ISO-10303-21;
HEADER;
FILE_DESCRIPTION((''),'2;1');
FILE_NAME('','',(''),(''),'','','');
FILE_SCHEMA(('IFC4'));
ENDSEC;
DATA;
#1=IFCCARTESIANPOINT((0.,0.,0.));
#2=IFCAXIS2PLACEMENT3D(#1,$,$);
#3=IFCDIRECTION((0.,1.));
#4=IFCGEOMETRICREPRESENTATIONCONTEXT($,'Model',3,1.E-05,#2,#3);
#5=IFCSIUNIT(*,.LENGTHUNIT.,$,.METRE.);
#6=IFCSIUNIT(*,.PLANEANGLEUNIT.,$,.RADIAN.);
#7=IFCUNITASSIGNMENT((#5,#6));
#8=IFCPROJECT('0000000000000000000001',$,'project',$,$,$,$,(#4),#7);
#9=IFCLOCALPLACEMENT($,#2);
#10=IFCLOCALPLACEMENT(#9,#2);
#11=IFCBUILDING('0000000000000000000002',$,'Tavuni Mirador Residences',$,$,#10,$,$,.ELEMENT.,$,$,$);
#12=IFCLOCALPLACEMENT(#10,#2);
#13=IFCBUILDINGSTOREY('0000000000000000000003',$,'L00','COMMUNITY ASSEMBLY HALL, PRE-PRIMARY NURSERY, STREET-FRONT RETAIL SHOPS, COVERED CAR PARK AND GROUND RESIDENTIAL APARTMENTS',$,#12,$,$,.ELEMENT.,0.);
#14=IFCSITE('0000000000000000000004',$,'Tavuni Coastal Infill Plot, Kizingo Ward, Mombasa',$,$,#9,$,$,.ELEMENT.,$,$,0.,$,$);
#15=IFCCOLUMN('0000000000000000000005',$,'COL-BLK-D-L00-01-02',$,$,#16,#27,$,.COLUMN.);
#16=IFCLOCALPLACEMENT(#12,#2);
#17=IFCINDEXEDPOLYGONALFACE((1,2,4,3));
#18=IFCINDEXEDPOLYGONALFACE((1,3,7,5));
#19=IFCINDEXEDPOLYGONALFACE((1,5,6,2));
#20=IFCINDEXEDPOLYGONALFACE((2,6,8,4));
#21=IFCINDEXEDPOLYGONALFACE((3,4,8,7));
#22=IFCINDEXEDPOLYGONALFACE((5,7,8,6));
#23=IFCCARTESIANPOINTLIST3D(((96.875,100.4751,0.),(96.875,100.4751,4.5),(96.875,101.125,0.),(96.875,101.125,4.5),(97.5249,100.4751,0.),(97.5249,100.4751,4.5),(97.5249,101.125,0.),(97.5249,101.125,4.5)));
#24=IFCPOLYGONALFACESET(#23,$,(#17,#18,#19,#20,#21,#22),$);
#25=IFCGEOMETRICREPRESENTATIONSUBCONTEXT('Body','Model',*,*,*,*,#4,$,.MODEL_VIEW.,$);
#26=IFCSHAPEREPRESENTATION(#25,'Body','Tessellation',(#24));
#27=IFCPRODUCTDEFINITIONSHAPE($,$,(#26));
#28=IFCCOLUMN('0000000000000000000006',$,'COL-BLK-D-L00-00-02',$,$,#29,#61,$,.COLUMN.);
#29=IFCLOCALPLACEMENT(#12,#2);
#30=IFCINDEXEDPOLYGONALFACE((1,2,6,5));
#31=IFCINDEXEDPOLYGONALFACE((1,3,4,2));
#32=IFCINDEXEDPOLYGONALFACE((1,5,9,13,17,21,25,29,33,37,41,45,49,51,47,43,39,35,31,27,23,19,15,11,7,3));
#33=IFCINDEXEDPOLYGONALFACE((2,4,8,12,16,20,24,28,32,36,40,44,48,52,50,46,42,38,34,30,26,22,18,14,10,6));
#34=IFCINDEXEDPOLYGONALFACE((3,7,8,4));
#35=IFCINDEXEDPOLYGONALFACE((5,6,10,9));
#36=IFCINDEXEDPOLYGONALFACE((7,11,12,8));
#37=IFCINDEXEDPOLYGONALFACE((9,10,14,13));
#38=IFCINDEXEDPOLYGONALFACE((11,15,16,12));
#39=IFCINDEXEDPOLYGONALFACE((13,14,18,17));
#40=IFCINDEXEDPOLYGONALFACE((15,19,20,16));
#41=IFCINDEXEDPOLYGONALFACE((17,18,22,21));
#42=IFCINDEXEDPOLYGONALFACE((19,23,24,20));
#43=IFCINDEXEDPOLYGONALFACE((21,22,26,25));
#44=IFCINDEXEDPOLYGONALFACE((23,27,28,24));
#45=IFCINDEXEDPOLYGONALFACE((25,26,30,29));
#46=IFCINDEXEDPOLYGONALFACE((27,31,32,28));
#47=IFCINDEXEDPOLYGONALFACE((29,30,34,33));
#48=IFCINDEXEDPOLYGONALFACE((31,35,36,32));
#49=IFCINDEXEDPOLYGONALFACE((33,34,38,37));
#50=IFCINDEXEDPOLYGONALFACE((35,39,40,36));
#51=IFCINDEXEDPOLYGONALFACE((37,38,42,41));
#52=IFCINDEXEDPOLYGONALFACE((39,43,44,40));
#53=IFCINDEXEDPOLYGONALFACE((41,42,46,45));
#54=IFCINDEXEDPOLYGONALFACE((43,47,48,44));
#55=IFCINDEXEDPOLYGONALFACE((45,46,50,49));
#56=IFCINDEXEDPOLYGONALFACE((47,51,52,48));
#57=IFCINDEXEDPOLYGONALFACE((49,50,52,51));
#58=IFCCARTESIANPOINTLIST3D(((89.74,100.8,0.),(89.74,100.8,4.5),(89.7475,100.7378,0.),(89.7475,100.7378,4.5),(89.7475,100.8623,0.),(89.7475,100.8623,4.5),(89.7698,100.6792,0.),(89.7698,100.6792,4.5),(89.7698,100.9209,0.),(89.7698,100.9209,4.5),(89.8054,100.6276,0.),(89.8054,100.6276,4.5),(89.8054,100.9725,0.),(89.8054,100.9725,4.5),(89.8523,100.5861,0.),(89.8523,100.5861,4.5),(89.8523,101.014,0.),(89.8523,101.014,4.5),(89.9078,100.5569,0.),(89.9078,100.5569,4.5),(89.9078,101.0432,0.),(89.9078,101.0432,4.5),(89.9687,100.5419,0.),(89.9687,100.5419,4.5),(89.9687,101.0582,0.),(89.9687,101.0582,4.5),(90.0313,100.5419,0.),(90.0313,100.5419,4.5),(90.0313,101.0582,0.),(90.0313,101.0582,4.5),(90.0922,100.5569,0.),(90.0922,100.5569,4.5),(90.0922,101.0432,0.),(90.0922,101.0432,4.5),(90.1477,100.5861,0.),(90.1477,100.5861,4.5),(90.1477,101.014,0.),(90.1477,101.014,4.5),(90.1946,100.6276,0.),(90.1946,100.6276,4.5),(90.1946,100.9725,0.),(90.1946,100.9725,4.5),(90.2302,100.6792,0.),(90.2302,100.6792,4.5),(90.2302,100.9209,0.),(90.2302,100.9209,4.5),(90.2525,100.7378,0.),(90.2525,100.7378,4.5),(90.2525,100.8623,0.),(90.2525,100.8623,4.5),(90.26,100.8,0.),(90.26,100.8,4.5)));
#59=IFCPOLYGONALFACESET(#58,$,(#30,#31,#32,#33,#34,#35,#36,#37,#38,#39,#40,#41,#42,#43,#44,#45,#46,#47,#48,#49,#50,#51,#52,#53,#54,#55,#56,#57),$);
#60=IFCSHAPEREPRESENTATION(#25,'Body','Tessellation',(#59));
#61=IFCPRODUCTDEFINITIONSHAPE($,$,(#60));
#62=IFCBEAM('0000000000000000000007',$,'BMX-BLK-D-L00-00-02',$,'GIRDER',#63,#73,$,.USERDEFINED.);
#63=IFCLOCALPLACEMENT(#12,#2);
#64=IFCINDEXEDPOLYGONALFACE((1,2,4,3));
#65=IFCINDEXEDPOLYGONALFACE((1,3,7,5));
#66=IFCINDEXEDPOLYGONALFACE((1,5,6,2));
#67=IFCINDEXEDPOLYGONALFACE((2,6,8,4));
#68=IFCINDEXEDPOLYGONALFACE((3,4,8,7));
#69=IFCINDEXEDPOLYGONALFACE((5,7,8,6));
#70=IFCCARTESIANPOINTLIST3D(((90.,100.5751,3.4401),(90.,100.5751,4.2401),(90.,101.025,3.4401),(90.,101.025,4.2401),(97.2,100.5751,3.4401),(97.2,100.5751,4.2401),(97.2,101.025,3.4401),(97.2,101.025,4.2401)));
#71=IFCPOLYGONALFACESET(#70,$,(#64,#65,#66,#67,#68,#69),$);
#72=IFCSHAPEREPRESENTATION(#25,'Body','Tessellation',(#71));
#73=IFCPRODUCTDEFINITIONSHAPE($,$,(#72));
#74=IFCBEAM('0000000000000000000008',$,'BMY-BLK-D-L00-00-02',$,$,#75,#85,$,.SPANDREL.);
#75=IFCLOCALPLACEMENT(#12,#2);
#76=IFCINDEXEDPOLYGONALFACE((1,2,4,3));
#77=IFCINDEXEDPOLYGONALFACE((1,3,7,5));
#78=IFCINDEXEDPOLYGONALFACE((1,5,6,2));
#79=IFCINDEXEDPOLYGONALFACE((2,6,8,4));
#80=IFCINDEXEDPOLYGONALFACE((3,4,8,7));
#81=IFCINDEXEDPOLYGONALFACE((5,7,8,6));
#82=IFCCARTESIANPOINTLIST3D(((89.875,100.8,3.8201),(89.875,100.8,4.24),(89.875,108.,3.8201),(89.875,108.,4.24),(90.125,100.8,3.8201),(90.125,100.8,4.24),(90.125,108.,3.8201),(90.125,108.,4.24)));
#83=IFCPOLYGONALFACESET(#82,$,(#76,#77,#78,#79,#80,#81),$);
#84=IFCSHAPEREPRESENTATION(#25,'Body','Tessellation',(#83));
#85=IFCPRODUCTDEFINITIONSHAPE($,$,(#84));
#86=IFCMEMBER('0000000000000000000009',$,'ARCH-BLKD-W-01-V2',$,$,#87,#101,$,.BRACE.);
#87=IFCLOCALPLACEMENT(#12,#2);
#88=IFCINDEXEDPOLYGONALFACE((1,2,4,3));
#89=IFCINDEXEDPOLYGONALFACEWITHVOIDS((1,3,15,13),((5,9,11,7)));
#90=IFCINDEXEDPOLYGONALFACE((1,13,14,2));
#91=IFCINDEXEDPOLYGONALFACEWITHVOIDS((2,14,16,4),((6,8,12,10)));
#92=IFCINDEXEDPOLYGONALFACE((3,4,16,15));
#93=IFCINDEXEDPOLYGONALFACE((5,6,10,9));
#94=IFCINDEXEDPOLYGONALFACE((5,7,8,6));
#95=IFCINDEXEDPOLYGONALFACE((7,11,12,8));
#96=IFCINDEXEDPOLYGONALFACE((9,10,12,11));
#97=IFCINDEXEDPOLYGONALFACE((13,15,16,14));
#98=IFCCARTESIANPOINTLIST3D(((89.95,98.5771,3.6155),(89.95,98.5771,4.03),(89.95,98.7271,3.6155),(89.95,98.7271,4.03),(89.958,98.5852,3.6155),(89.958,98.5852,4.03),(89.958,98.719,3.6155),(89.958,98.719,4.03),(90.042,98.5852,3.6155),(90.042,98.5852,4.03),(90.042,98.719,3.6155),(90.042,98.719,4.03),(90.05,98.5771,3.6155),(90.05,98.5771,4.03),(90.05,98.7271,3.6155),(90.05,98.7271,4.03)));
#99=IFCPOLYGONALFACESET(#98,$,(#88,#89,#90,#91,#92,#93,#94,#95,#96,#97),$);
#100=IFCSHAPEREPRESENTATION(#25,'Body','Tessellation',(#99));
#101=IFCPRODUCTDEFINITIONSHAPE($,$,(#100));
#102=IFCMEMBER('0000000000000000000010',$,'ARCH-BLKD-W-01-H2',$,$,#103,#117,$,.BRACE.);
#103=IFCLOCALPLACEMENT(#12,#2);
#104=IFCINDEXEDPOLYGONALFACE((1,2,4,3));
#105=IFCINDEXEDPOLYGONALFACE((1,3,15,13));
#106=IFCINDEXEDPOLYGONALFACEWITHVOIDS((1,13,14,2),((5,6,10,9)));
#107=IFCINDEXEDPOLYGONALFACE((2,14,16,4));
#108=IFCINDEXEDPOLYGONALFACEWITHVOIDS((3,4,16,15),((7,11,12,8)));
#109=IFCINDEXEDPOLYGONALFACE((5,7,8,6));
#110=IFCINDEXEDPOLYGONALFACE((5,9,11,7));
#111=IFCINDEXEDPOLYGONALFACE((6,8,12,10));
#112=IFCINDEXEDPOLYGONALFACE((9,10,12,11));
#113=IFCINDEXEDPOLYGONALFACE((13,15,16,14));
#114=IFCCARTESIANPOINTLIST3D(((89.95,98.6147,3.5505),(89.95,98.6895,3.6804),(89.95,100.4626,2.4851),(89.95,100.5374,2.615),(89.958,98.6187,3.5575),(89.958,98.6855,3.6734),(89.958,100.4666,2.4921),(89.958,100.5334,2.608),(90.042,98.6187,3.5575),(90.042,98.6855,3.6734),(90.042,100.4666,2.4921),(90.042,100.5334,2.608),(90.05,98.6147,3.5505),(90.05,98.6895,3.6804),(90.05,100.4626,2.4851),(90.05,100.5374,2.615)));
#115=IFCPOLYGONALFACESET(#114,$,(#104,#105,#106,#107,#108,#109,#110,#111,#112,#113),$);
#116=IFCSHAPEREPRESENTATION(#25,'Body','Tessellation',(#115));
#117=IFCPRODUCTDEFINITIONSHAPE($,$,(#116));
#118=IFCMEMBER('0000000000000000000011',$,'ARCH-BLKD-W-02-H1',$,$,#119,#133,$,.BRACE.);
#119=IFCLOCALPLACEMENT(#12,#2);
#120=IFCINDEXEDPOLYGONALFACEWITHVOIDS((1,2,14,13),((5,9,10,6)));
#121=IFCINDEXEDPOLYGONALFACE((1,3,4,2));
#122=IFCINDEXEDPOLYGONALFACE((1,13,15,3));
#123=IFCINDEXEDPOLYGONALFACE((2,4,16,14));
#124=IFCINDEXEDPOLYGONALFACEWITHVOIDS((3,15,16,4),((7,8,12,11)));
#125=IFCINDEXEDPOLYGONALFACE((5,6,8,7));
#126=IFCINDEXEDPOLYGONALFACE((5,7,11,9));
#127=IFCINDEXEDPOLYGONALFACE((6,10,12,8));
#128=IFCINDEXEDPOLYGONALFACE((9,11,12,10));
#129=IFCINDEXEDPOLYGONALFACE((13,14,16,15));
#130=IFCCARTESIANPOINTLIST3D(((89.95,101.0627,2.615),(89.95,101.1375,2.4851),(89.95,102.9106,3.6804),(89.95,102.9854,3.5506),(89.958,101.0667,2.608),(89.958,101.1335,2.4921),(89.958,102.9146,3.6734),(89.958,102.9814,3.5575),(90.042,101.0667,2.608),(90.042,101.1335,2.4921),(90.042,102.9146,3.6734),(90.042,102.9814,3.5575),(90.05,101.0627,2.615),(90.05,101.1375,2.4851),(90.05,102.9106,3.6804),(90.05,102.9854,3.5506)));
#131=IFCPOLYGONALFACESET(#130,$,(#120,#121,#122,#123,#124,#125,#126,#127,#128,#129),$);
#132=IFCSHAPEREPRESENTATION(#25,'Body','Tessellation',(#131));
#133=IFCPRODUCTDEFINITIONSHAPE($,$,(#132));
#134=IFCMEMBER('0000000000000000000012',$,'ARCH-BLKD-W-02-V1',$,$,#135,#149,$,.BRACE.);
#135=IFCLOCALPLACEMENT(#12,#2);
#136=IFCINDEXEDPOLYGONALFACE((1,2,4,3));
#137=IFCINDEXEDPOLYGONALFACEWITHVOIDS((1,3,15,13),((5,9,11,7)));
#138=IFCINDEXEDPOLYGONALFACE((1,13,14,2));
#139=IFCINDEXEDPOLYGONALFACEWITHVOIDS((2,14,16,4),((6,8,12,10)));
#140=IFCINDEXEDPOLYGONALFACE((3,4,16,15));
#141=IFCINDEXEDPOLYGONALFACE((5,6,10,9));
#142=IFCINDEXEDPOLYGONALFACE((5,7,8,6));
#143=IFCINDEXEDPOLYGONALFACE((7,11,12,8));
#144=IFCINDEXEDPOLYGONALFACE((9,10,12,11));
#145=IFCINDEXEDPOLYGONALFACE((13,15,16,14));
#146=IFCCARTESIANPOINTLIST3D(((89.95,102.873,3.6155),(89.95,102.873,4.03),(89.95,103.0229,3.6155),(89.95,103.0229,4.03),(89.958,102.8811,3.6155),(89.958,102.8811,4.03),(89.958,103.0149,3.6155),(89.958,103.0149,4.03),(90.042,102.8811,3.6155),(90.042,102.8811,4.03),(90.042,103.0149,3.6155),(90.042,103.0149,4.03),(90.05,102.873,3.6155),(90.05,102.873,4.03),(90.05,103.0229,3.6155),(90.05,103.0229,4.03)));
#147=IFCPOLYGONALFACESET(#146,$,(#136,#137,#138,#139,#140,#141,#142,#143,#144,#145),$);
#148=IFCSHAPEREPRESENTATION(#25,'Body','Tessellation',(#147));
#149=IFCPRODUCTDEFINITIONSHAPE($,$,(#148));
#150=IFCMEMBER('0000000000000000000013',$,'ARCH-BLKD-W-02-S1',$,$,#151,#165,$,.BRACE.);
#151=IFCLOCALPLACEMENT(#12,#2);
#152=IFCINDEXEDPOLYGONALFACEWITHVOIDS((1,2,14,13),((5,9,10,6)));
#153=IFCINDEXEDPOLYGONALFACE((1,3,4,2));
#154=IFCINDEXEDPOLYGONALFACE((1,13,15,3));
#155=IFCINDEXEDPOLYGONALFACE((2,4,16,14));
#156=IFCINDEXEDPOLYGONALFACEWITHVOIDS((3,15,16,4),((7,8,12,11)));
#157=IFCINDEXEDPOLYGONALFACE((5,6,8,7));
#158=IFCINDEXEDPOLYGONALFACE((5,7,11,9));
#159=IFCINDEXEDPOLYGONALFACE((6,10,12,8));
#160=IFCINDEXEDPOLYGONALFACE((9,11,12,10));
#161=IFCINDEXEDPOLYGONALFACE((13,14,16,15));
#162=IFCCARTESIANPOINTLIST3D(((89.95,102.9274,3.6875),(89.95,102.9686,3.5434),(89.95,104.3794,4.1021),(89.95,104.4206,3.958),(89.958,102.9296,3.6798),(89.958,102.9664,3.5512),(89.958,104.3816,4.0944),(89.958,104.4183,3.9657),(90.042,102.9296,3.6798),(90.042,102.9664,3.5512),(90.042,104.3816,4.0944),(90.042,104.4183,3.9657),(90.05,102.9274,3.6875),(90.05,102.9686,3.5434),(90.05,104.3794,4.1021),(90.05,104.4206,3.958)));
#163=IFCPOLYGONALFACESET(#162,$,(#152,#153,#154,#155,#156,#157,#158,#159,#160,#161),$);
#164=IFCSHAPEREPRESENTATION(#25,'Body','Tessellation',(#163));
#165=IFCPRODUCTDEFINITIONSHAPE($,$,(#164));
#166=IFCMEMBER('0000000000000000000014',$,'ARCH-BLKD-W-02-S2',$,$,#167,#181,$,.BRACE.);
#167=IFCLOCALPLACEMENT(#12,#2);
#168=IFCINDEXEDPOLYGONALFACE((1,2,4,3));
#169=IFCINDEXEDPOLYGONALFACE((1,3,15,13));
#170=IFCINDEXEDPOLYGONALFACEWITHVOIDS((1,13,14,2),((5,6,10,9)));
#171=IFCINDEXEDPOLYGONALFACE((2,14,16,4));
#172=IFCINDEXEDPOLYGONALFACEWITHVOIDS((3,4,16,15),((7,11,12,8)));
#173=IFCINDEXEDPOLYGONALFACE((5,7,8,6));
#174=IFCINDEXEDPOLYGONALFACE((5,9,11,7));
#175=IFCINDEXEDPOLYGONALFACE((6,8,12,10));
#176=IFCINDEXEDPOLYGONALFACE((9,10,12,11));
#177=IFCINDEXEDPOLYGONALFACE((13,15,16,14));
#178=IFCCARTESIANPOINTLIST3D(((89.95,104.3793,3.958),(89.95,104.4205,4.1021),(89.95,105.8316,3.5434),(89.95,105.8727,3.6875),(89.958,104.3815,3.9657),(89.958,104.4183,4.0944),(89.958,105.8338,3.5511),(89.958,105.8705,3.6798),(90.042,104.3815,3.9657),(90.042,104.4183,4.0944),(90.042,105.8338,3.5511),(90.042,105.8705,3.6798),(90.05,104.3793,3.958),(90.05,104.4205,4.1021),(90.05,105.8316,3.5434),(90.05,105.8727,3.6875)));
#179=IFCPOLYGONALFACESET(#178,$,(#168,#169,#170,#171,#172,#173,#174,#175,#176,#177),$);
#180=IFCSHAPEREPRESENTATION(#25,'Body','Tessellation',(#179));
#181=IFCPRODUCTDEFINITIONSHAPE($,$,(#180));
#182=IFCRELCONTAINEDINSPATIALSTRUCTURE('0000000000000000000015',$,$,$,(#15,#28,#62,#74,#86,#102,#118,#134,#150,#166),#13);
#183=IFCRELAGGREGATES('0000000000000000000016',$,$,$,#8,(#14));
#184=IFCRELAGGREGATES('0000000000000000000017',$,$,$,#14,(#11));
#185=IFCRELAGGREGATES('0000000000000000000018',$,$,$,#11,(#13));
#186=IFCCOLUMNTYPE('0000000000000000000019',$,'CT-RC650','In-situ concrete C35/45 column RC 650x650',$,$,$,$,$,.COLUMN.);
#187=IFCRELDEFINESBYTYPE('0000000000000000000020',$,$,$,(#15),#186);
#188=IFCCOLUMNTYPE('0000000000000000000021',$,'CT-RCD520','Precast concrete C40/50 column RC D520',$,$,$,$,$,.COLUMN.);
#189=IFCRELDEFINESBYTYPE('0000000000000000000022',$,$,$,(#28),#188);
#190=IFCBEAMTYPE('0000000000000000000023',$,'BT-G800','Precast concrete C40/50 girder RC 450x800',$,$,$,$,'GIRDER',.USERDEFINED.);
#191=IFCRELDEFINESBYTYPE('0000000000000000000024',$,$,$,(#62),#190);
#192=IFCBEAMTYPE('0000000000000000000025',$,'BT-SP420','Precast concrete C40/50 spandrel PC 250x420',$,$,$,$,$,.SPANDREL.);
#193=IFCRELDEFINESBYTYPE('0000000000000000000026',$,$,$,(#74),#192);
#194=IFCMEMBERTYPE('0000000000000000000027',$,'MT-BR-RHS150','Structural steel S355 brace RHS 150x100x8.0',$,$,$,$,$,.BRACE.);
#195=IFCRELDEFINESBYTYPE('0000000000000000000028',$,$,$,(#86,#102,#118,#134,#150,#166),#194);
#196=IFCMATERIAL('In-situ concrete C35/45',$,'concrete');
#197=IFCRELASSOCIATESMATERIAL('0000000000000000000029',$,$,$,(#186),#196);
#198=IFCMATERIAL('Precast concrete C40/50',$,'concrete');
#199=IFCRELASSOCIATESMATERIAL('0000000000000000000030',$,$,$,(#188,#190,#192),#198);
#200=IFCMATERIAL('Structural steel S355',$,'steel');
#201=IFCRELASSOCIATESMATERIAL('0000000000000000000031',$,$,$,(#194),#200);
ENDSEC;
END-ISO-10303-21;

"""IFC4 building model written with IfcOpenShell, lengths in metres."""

from ifc_helpers import new_model, si_unit, direction, frame, origin, origin_2d, place, context, subcontext, project, spatial, rectangle, hollow_rectangle, circle, extrude, material, material_profile, profile_set, type_object, element, save


model = new_model("IFC4")

# Units and contexts
model_context = context("Model", 3, precision=1e-05, world=origin(), true_north=direction((0.0, 1.0)))
body_context = subcontext(model_context, "Body", "Model", "MODEL_VIEW")
ifc_project = project(units=[si_unit("LENGTHUNIT", "METRE"), si_unit("PLANEANGLEUNIT", "RADIAN")], contexts=[model_context])

# Site, building, storey
site_placement = place(None, origin())
site = spatial("IfcSite", under=ifc_project, at=site_placement, Name="Tavuni Coastal Infill Plot, Kizingo Ward, Mombasa", CompositionType="ELEMENT", RefElevation=0.0)
building_placement = place(site_placement, origin())
building = spatial("IfcBuilding", under=site, at=building_placement, Name="Tavuni Mirador Residences", CompositionType="ELEMENT")
storey_placement = place(building_placement, origin())
storey = spatial("IfcBuildingStorey", under=building, at=storey_placement, Name="L00", Description="COMMUNITY ASSEMBLY HALL, PRE-PRIMARY NURSERY, STREET-FRONT RETAIL SHOPS, COVERED CAR PARK AND GROUND RESIDENTIAL APARTMENTS", CompositionType="ELEMENT", Elevation=0.0)

# Columns
ifc_material_1 = material(Name="In-situ concrete C35/45", Category="concrete")
ifc_material_profile_1 = material_profile(ifc_material_1, rectangle(XDim=0.6499, YDim=0.6499, at=origin_2d()), Name="RC 650x650", Category="concrete")
ifc_profile_set_1 = profile_set([ifc_material_profile_1], Name="In-situ concrete C35/45")
column_type_1 = type_object("IfcColumnType", Name="CT-RC650", Description="In-situ concrete C35/45 column RC 650x650", PredefinedType="COLUMN", material=ifc_profile_set_1)
column_1_placement = place(storey_placement, frame((97.2, 100.8, 0.0), z_axis=(0.0, 0.0, 1.0), x_axis=(1.0, 0.0, 0.0)))
element("IfcColumn", 1, at=column_1_placement, inside=storey, type_object=column_type_1, Name="COL-BLK-D-L00-01-02", PredefinedType="COLUMN", context=body_context, shape_type="SweptSolid", body=[
    extrude(rectangle(XDim=0.6499, YDim=0.6499, at=origin_2d()), origin(), (0.0, 0.0, 1.0), 4.5),
])
ifc_material_2 = material(Name="Precast concrete C40/50", Category="concrete")
ifc_material_profile_2 = material_profile(ifc_material_2, circle(Radius=0.26, at=origin_2d()), Name="RC D520", Category="concrete")
ifc_profile_set_2 = profile_set([ifc_material_profile_2], Name="Precast concrete C40/50")
column_type_2 = type_object("IfcColumnType", Name="CT-RCD520", Description="Precast concrete C40/50 column RC D520", PredefinedType="COLUMN", material=ifc_profile_set_2)
column_2_placement = place(storey_placement, frame((90.0, 100.8, 0.0), z_axis=(0.0, 0.0, 1.0), x_axis=(1.0, 0.0, 0.0)))
element("IfcColumn", 2, at=column_2_placement, inside=storey, type_object=column_type_2, Name="COL-BLK-D-L00-00-02", PredefinedType="COLUMN", context=body_context, shape_type="SweptSolid", body=[
    extrude(circle(Radius=0.26, at=origin_2d()), origin(), (0.0, 0.0, 1.0), 4.5),
])

# Beams
ifc_material_profile_3 = material_profile(ifc_material_2, rectangle(XDim=0.45, YDim=0.8, at=origin_2d()), Name="RC 450x800", Category="concrete")
ifc_profile_set_3 = profile_set([ifc_material_profile_3], Name="Precast concrete C40/50")
beam_type_1 = type_object("IfcBeamType", Name="BT-G800", Description="Precast concrete C40/50 girder RC 450x800", ElementType="GIRDER", PredefinedType="USERDEFINED", material=ifc_profile_set_3)
beam_1_placement = place(storey_placement, frame((90.0, 100.8, 3.8401), z_axis=(1.0, 0.0, 0.0), x_axis=(0.0, 1.0, 0.0)))
element("IfcBeam", 3, at=beam_1_placement, inside=storey, type_object=beam_type_1, Name="BMX-BLK-D-L00-00-02", ObjectType="GIRDER", PredefinedType="USERDEFINED", context=body_context, shape_type="SweptSolid", body=[
    extrude(rectangle(XDim=0.45, YDim=0.8, at=origin_2d()), origin(), (0.0, 0.0, 1.0), 7.2),
])
ifc_material_profile_4 = material_profile(ifc_material_2, rectangle(XDim=0.25, YDim=0.4199, at=origin_2d()), Name="PC 250x420", Category="concrete")
ifc_profile_set_4 = profile_set([ifc_material_profile_4], Name="Precast concrete C40/50")
beam_type_2 = type_object("IfcBeamType", Name="BT-SP420", Description="Precast concrete C40/50 spandrel PC 250x420", PredefinedType="SPANDREL", material=ifc_profile_set_4)
beam_2_placement = place(storey_placement, frame((90.0, 100.8, 4.03), z_axis=(0.0, 1.0, 0.0), x_axis=(-1.0, 0.0, 0.0)))
element("IfcBeam", 4, at=beam_2_placement, inside=storey, type_object=beam_type_2, Name="BMY-BLK-D-L00-00-02", PredefinedType="SPANDREL", context=body_context, shape_type="SweptSolid", body=[
    extrude(rectangle(XDim=0.25, YDim=0.4199, at=origin_2d()), origin(), (0.0, 0.0, 1.0), 7.2),
])

# Members
ifc_material_3 = material(Name="Structural steel S355", Category="steel")
ifc_material_profile_5 = material_profile(ifc_material_3, hollow_rectangle(XDim=0.1001, YDim=0.1499, WallThickness=0.0081, at=origin_2d()), Name="RHS 150x100x8.0", Category="steel")
ifc_profile_set_5 = profile_set([ifc_material_profile_5], Name="Structural steel S355")
member_type = type_object("IfcMemberType", Name="MT-BR-RHS150", Description="Structural steel S355 brace RHS 150x100x8.0", PredefinedType="BRACE", material=ifc_profile_set_5)
member_1_placement = place(storey_placement, frame((90.0, 98.6521, 3.6155), z_axis=(0.0, 0.0, 1.0), x_axis=(1.0, 0.0, 0.0)))
element("IfcMember", 5, at=member_1_placement, inside=storey, type_object=member_type, Name="ARCH-BLKD-W-01-V2", PredefinedType="BRACE", context=body_context, shape_type="SweptSolid", body=[
    extrude(hollow_rectangle(XDim=0.1001, YDim=0.1499, WallThickness=0.0081, at=origin_2d()), origin(), (0.0, 0.0, 1.0), 0.4146),
])
for number, where, z_axis, x_axis, name in (
    (6, (90.0, 98.6521, 3.6155), (0.0, 0.866321, -0.499488), (-1.0, 0.0, 0.0), "ARCH-BLKD-W-01-H2"),
    (7, (90.0, 101.1001, 2.55), (0.0, 0.866321, 0.499488), (-1.0, 0.0, 0.0), "ARCH-BLKD-W-02-H1"),
):
    element("IfcMember", number, at=place(storey_placement, frame(where, z_axis=z_axis, x_axis=x_axis)), inside=storey, type_object=member_type, Name=name, PredefinedType="BRACE", context=body_context, shape_type="SweptSolid", body=[
        extrude(hollow_rectangle(XDim=0.1001, YDim=0.1499, WallThickness=0.0081, at=origin_2d()), origin(), (0.0, 0.0, 1.0), 2.1331),
    ])
member_2_placement = place(storey_placement, frame((90.0, 102.948, 3.6155), z_axis=(0.0, 0.0, 1.0), x_axis=(1.0, 0.0, 0.0)))
element("IfcMember", 8, at=member_2_placement, inside=storey, type_object=member_type, Name="ARCH-BLKD-W-02-V1", PredefinedType="BRACE", context=body_context, shape_type="SweptSolid", body=[
    extrude(hollow_rectangle(XDim=0.1001, YDim=0.1499, WallThickness=0.0081, at=origin_2d()), origin(), (0.0, 0.0, 1.0), 0.4146),
])
member_3_placement = place(storey_placement, frame((90.0, 102.948, 3.6155), z_axis=(0.0, 0.961573, 0.27455), x_axis=(-1.0, 0.0, 0.0)))
element("IfcMember", 9, at=member_3_placement, inside=storey, type_object=member_type, Name="ARCH-BLKD-W-02-S1", PredefinedType="BRACE", context=body_context, shape_type="SweptSolid", body=[
    extrude(hollow_rectangle(XDim=0.1001, YDim=0.1499, WallThickness=0.0081, at=origin_2d()), origin(), (0.0, 0.0, 1.0), 1.51),
])
member_4_placement = place(storey_placement, frame((90.0, 104.3999, 4.03), z_axis=(0.0, 0.961585, -0.274508), x_axis=(-1.0, 0.0, 0.0)))
element("IfcMember", 10, at=member_4_placement, inside=storey, type_object=member_type, Name="ARCH-BLKD-W-02-S2", PredefinedType="BRACE", context=body_context, shape_type="SweptSolid", body=[
    extrude(hollow_rectangle(XDim=0.1001, YDim=0.1499, WallThickness=0.0081, at=origin_2d()), origin(), (0.0, 0.0, 1.0), 1.5103),
])

save(model, "model.ifc")
